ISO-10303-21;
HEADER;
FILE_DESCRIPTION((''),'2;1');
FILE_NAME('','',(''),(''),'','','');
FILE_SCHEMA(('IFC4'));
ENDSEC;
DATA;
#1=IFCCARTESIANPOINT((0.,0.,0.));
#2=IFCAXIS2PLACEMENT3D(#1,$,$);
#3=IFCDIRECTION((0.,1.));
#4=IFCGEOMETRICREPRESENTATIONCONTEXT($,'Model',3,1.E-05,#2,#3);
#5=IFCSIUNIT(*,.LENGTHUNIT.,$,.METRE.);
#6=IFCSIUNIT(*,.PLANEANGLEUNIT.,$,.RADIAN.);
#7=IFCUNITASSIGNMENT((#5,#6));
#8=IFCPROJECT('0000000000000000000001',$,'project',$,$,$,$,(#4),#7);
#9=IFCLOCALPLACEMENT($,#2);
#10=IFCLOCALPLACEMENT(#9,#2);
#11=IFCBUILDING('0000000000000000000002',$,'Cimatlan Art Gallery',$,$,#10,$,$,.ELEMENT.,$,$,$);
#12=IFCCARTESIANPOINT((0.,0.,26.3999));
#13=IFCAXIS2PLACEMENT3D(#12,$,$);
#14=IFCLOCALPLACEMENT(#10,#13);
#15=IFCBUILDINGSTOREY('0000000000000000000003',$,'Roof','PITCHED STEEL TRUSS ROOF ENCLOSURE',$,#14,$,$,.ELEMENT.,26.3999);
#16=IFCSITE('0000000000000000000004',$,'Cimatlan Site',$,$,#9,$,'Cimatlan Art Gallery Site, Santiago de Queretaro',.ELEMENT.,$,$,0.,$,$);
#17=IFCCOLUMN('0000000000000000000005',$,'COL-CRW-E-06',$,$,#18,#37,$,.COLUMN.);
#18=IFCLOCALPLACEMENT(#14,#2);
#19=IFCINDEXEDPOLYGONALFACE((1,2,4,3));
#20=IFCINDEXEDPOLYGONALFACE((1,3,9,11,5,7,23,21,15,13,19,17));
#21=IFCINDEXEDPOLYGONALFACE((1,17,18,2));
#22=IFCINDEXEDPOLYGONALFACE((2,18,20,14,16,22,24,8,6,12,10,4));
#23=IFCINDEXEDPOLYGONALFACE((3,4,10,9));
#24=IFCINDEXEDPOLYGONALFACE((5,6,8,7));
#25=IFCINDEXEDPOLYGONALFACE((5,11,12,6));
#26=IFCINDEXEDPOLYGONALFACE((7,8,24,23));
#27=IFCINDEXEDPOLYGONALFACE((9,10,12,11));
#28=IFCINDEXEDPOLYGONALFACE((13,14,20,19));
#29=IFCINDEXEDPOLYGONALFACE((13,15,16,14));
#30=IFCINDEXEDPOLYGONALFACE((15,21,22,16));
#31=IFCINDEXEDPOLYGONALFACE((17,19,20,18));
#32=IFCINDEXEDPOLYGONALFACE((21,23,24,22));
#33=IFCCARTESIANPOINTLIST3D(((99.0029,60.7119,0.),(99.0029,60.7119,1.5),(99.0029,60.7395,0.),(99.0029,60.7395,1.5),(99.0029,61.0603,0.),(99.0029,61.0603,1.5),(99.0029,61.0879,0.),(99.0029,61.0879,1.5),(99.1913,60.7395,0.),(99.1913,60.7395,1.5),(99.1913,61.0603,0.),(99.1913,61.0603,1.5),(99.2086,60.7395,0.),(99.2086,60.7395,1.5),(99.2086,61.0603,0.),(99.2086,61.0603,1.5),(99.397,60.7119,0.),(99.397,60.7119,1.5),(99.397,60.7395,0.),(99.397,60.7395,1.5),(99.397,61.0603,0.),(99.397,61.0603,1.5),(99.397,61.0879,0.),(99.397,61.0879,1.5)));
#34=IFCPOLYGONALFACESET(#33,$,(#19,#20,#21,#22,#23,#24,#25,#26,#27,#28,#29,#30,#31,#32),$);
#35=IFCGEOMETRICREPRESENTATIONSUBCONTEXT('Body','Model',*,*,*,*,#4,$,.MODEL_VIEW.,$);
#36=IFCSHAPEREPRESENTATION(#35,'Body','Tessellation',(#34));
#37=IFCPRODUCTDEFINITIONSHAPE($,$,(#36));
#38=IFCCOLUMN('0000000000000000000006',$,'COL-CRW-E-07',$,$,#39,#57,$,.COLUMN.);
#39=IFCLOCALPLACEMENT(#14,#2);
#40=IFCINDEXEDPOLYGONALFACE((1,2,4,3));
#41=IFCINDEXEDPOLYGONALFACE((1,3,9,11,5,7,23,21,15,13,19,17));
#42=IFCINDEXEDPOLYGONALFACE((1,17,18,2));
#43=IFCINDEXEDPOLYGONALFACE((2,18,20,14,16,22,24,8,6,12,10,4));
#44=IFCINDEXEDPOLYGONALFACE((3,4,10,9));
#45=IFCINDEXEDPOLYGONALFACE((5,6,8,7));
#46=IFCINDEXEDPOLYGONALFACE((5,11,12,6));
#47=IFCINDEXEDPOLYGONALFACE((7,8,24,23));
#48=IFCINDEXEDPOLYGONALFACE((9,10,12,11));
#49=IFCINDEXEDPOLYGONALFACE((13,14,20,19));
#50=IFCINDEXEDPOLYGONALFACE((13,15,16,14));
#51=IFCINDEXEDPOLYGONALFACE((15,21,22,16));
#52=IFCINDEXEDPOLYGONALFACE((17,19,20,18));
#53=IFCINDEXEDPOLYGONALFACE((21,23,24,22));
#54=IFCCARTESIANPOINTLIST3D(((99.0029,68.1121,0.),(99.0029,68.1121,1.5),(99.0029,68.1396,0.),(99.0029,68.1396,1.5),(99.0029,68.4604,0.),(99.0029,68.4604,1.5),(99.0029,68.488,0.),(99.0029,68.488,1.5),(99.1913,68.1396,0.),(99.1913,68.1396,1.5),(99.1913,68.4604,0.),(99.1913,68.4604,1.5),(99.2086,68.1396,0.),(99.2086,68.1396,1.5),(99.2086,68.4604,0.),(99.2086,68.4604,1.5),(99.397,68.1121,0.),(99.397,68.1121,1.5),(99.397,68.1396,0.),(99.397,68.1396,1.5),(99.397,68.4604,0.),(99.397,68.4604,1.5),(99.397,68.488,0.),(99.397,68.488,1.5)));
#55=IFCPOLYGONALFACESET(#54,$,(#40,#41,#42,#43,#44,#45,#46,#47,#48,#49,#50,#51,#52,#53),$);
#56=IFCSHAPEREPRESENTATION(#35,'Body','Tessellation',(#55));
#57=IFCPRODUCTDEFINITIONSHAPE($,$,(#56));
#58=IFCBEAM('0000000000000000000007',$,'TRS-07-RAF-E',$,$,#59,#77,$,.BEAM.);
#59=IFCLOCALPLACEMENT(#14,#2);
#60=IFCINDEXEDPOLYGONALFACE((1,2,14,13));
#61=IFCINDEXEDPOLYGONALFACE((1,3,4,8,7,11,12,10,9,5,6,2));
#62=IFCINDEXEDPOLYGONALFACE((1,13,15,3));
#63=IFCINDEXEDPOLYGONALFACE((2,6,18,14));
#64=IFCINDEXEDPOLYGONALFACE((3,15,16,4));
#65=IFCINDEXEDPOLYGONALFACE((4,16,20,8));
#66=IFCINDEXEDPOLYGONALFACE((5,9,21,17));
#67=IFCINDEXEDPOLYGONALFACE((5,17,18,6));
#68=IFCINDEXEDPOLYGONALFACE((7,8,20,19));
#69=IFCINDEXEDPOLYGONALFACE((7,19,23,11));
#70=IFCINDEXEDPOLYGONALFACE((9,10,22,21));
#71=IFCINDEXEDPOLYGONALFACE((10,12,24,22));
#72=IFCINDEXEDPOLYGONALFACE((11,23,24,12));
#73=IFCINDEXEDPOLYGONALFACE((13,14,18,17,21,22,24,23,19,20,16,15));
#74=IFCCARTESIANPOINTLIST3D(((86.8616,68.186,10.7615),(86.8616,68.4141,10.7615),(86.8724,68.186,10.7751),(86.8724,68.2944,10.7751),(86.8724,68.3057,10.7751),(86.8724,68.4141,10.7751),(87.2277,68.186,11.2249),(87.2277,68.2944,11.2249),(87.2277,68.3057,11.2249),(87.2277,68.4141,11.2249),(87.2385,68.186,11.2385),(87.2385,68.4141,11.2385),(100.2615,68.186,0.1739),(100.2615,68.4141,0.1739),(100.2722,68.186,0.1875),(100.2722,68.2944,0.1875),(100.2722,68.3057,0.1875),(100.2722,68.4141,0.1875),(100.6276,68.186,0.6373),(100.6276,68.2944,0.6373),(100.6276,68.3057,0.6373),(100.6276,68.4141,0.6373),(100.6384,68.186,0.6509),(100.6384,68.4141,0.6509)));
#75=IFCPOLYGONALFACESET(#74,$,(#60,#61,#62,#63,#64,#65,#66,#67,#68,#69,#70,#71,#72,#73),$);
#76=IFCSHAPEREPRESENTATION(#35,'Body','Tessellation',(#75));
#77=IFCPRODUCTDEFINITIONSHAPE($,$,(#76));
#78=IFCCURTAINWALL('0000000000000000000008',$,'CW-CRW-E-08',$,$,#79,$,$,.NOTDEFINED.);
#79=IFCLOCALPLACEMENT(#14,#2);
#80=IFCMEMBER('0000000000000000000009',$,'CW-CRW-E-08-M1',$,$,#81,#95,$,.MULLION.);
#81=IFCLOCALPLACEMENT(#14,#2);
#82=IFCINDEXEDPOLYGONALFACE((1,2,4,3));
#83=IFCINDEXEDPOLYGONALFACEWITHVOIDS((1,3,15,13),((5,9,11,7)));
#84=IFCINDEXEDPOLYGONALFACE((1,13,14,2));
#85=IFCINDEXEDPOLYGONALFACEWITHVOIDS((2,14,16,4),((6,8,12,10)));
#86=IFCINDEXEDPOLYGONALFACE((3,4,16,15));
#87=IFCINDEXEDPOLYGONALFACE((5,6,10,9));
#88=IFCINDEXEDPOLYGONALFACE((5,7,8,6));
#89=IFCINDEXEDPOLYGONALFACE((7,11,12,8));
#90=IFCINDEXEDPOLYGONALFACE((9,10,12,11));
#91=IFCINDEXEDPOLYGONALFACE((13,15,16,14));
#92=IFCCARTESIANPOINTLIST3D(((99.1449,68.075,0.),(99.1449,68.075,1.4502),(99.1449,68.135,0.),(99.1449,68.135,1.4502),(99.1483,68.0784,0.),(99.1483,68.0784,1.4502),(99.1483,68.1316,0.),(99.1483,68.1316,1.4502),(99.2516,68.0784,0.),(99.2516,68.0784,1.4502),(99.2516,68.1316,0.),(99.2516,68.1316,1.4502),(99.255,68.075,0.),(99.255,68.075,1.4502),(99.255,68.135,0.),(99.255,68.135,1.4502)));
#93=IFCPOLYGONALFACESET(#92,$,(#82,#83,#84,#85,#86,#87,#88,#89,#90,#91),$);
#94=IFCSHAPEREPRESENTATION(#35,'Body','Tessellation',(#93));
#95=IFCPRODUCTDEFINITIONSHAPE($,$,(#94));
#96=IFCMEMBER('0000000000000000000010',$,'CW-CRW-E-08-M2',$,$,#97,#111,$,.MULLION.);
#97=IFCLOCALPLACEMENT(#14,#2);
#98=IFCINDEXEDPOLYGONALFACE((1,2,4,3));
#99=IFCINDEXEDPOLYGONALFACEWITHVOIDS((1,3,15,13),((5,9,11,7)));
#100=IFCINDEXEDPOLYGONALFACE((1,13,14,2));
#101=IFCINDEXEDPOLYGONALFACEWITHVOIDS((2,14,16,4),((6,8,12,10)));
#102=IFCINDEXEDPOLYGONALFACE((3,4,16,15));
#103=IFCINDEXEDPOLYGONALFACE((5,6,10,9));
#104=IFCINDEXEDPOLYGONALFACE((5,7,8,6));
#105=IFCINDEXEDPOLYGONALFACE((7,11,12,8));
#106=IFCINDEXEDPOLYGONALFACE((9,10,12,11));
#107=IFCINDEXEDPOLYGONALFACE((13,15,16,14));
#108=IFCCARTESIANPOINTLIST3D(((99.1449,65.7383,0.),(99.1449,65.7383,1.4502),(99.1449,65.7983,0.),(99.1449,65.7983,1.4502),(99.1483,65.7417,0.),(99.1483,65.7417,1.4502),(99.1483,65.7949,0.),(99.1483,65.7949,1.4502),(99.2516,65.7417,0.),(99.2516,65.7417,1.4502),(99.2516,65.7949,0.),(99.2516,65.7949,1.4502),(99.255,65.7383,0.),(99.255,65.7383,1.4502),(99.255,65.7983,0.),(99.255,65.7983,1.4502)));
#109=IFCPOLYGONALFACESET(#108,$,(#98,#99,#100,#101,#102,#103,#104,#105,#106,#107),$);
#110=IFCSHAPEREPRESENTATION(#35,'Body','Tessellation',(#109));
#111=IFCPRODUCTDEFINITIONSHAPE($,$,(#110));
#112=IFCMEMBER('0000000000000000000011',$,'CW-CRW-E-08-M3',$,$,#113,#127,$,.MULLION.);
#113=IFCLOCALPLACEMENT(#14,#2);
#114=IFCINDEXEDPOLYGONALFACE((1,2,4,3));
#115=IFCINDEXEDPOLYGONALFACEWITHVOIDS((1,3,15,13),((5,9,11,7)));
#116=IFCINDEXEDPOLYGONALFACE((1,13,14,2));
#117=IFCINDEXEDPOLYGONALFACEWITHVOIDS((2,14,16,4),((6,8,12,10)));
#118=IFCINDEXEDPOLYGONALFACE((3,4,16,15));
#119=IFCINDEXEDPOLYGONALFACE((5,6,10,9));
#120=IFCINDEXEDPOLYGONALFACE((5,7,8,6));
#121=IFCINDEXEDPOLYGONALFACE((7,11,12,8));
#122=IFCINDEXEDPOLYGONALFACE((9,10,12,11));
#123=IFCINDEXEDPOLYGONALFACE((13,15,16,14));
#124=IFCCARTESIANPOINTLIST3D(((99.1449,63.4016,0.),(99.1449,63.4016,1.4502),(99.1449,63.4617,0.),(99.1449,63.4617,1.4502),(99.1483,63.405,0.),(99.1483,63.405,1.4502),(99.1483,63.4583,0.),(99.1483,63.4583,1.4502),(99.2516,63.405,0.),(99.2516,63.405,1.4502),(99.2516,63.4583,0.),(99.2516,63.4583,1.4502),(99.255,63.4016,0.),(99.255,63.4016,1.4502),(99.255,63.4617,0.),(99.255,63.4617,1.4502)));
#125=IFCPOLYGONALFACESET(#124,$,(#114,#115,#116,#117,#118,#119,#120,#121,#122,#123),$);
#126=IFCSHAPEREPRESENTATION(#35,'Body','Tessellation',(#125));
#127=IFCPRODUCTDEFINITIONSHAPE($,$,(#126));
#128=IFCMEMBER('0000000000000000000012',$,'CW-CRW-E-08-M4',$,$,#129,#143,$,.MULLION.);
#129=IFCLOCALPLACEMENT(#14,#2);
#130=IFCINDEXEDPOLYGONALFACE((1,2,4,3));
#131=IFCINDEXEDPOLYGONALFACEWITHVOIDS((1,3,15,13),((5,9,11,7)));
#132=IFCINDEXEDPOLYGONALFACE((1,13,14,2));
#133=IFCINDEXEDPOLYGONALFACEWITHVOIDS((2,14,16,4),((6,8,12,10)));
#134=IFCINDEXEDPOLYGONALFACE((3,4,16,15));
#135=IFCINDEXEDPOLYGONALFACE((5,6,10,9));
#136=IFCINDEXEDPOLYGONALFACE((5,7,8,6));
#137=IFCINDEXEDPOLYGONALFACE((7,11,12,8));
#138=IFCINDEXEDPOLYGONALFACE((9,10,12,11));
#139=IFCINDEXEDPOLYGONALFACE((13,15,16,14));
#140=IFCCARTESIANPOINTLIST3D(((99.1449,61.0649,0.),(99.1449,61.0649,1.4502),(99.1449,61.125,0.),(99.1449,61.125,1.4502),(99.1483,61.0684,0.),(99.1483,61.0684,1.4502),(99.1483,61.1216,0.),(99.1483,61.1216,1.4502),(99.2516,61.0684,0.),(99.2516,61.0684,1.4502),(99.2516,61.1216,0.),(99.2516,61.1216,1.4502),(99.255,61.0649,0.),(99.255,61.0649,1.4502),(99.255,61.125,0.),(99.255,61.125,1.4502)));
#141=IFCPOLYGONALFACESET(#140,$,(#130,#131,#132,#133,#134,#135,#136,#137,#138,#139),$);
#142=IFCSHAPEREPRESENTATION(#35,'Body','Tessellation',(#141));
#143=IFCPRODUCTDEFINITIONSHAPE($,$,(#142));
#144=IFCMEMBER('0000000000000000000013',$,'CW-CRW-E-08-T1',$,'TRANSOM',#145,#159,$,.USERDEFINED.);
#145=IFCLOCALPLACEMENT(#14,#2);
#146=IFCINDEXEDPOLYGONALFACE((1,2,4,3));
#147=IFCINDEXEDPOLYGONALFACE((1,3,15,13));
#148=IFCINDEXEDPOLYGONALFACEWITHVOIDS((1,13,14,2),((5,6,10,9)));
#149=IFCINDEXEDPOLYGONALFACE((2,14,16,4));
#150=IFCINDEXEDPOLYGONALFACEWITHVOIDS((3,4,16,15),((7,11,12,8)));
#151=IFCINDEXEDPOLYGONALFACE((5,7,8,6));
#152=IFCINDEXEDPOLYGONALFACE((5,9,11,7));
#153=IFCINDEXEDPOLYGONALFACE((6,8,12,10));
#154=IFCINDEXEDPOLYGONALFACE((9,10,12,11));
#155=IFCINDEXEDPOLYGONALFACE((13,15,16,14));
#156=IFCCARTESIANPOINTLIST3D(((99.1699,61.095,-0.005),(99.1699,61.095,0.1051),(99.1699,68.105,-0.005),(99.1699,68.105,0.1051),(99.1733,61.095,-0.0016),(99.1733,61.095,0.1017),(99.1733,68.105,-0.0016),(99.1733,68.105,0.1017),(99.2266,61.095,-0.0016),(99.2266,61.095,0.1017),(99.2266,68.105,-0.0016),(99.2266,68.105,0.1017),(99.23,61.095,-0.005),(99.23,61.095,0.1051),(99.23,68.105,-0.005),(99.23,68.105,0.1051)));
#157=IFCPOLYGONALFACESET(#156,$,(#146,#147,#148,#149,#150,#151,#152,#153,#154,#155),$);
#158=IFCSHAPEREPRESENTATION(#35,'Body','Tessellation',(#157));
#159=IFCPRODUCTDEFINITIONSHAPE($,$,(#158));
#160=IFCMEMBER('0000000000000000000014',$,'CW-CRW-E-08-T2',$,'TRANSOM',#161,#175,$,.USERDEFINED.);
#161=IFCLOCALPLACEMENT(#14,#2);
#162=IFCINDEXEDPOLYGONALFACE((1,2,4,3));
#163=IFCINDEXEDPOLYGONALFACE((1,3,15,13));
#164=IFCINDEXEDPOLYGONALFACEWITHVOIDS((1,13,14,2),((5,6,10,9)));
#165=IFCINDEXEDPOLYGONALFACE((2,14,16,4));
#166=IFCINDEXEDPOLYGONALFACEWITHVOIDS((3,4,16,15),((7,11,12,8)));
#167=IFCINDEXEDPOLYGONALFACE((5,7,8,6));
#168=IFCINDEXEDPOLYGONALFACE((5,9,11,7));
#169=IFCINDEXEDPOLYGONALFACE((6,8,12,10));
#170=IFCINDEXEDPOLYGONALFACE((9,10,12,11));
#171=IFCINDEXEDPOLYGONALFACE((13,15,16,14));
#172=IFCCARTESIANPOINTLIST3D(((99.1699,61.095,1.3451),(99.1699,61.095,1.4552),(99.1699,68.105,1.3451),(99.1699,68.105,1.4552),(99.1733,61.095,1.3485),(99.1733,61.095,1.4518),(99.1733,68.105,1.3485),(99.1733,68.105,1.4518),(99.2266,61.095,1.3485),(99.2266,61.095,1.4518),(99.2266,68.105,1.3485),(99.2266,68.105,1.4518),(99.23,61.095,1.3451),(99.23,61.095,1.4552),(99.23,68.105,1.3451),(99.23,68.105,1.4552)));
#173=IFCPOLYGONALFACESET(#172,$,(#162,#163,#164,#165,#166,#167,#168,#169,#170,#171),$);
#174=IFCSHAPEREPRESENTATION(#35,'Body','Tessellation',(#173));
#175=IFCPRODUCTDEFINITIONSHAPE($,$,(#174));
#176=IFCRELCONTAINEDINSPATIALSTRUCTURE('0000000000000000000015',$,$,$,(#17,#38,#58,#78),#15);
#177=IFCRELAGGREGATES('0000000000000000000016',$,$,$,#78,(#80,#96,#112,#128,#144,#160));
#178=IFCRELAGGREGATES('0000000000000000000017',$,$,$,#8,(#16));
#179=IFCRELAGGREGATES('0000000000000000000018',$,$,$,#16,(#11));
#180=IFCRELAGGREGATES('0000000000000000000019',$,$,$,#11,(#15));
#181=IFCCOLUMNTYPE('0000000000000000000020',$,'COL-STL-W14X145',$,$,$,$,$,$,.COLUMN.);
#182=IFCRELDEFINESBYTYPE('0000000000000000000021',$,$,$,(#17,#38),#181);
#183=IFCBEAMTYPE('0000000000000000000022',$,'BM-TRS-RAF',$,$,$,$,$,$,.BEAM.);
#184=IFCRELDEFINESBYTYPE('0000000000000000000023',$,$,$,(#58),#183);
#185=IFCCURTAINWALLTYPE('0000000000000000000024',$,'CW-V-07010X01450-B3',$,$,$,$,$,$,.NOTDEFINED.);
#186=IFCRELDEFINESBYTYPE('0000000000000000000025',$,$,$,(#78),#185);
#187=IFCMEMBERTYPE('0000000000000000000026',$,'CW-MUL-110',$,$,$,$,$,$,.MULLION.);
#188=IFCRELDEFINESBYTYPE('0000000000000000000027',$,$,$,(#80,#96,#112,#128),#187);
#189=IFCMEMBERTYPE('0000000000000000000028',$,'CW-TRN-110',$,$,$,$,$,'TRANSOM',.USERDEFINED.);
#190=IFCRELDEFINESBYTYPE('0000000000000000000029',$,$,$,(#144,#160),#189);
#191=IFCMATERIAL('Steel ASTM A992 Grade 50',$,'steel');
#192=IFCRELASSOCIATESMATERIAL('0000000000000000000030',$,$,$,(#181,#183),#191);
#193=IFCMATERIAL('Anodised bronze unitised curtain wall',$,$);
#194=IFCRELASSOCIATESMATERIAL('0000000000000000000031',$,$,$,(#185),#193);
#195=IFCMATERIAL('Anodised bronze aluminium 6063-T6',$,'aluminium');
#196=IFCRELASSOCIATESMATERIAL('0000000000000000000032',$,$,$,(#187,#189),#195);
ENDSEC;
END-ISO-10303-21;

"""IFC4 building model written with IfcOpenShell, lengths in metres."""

from ifc_helpers import new_model, si_unit, direction, frame, origin, origin_2d, place, context, subcontext, project, spatial, hollow_rectangle, i_section, extrude, material, material_profile, profile_set, type_object, element, aggregate, save


model = new_model("IFC4")

# Units and contexts
model_context = context("Model", 3, precision=1e-05, world=origin(), true_north=direction((0.0, 1.0)))
body_context = subcontext(model_context, "Body", "Model", "MODEL_VIEW")
ifc_project = project(units=[si_unit("LENGTHUNIT", "METRE"), si_unit("PLANEANGLEUNIT", "RADIAN")], contexts=[model_context])

# Site, building, storey
site_placement = place(None, origin())
site = spatial("IfcSite", under=ifc_project, at=site_placement, Name="Cimatlan Site", LongName="Cimatlan Art Gallery Site, Santiago de Queretaro", CompositionType="ELEMENT", RefElevation=0.0)
building_placement = place(site_placement, origin())
building = spatial("IfcBuilding", under=site, at=building_placement, Name="Cimatlan Art Gallery", CompositionType="ELEMENT")
storey_placement = place(building_placement, frame((0.0, 0.0, 26.3999)))
storey = spatial("IfcBuildingStorey", under=building, at=storey_placement, Name="Roof", Description="PITCHED STEEL TRUSS ROOF ENCLOSURE", CompositionType="ELEMENT", Elevation=26.3999)

# Columns
ifc_material_1 = material(Name="Steel ASTM A992 Grade 50", Category="steel")
ifc_material_profile_1 = material_profile(ifc_material_1, i_section(OverallWidth=0.394, OverallDepth=0.376, WebThickness=0.0173, FlangeThickness=0.0276, at=origin_2d()), Name="W14X145")
ifc_profile_set_1 = profile_set([ifc_material_profile_1], Name="Steel ASTM A992 Grade 50")
column_type = type_object("IfcColumnType", Name="COL-STL-W14X145", PredefinedType="COLUMN", material=ifc_profile_set_1)
for number, where, z_axis, x_axis, name in (
    (1, (99.2, 60.8999, 0.0), (0.0, 0.0, 1.0), (1.0, 0.0, 0.0), "COL-CRW-E-06"),
    (2, (99.2, 68.3, 0.0), (0.0, 0.0, 1.0), (1.0, 0.0, 0.0), "COL-CRW-E-07"),
):
    element("IfcColumn", number, at=place(storey_placement, frame(where, z_axis=z_axis, x_axis=x_axis)), inside=storey, type_object=column_type, Name=name, PredefinedType="COLUMN", context=body_context, shape_type="SweptSolid", body=[
        extrude(i_section(OverallWidth=0.394, OverallDepth=0.376, WebThickness=0.0173, FlangeThickness=0.0276, at=origin_2d()), origin(), (0.0, 0.0, 1.0), 1.5),
    ])

# Beam
ifc_material_profile_2 = material_profile(ifc_material_1, i_section(OverallWidth=0.228, OverallDepth=0.6079, WebThickness=0.0112, FlangeThickness=0.0173, at=origin_2d()), Name="W24X76")
ifc_profile_set_2 = profile_set([ifc_material_profile_2], Name="Steel ASTM A992 Grade 50")
beam_type = type_object("IfcBeamType", Name="BM-TRS-RAF", PredefinedType="BEAM", material=ifc_profile_set_2)
beam_placement = place(storey_placement, frame((87.05, 68.3, 11.0), z_axis=(0.784633, 0.0, -0.619961), x_axis=(0.0, 1.0, 0.0)))
element("IfcBeam", 3, at=beam_placement, inside=storey, type_object=beam_type, Name="TRS-07-RAF-E", PredefinedType="BEAM", context=body_context, shape_type="SweptSolid", body=[
    extrude(i_section(OverallWidth=0.228, OverallDepth=0.6079, WebThickness=0.0112, FlangeThickness=0.0173, at=origin_2d()), origin(), (0.0, 0.0, 1.0), 17.0779),
])

# Curtain wall, members
ifc_material_2 = material(Name="Anodised bronze unitised curtain wall")
curtain_wall_type = type_object("IfcCurtainWallType", Name="CW-V-07010X01450-B3", PredefinedType="NOTDEFINED", material=ifc_material_2)
curtain_wall_placement = place(storey_placement, origin())
curtain_wall = element("IfcCurtainWall", 4, at=curtain_wall_placement, inside=storey, type_object=curtain_wall_type, Name="CW-CRW-E-08", PredefinedType="NOTDEFINED")
ifc_material_3 = material(Name="Anodised bronze aluminium 6063-T6", Category="aluminium")
ifc_material_profile_3 = material_profile(ifc_material_3, hollow_rectangle(XDim=0.0601, YDim=0.1101, WallThickness=0.0034, at=origin_2d()), Name="ALU60X110X3")
ifc_profile_set_3 = profile_set([ifc_material_profile_3], Name="Anodised bronze aluminium 6063-T6")
member_type_1 = type_object("IfcMemberType", Name="CW-MUL-110", PredefinedType="MULLION", material=ifc_profile_set_3)
member_1_placement = place(storey_placement, frame((99.2, 68.105, 0.0), z_axis=(0.0, 0.0, 1.0), x_axis=(0.0, 1.0, 0.0)))
member_1 = element("IfcMember", 5, at=member_1_placement, type_object=member_type_1, Name="CW-CRW-E-08-M1", PredefinedType="MULLION", context=body_context, shape_type="SweptSolid", body=[
    extrude(hollow_rectangle(XDim=0.0601, YDim=0.1101, WallThickness=0.0034, at=origin_2d()), origin(), (0.0, 0.0, 1.0), 1.4502),
])
member_2_placement = place(storey_placement, frame((99.2, 65.7683, 0.0), z_axis=(0.0, 0.0, 1.0), x_axis=(0.0, 1.0, 0.0)))
member_2 = element("IfcMember", 6, at=member_2_placement, type_object=member_type_1, Name="CW-CRW-E-08-M2", PredefinedType="MULLION", context=body_context, shape_type="SweptSolid", body=[
    extrude(hollow_rectangle(XDim=0.0601, YDim=0.1101, WallThickness=0.0034, at=origin_2d()), origin(), (0.0, 0.0, 1.0), 1.4502),
])
member_3_placement = place(storey_placement, frame((99.2, 63.4316, 0.0), z_axis=(0.0, 0.0, 1.0), x_axis=(0.0, 1.0, 0.0)))
member_3 = element("IfcMember", 7, at=member_3_placement, type_object=member_type_1, Name="CW-CRW-E-08-M3", PredefinedType="MULLION", context=body_context, shape_type="SweptSolid", body=[
    extrude(hollow_rectangle(XDim=0.0601, YDim=0.1101, WallThickness=0.0034, at=origin_2d()), origin(), (0.0, 0.0, 1.0), 1.4502),
])
member_4_placement = place(storey_placement, frame((99.2, 61.095, 0.0), z_axis=(0.0, 0.0, 1.0), x_axis=(0.0, 1.0, 0.0)))
member_4 = element("IfcMember", 8, at=member_4_placement, type_object=member_type_1, Name="CW-CRW-E-08-M4", PredefinedType="MULLION", context=body_context, shape_type="SweptSolid", body=[
    extrude(hollow_rectangle(XDim=0.0601, YDim=0.1101, WallThickness=0.0034, at=origin_2d()), origin(), (0.0, 0.0, 1.0), 1.4502),
])
ifc_material_profile_4 = material_profile(ifc_material_3, hollow_rectangle(XDim=0.0601, YDim=0.1101, WallThickness=0.0034, at=origin_2d()), Name="ALU60X110X3")
ifc_profile_set_4 = profile_set([ifc_material_profile_4], Name="Anodised bronze aluminium 6063-T6")
member_type_2 = type_object("IfcMemberType", Name="CW-TRN-110", ElementType="TRANSOM", PredefinedType="USERDEFINED", material=ifc_profile_set_4)
member_5_placement = place(storey_placement, frame((99.2, 68.105, 0.05), z_axis=(0.0, -1.0, 0.0), x_axis=(1.0, 0.0, 0.0)))
member_5 = element("IfcMember", 9, at=member_5_placement, type_object=member_type_2, Name="CW-CRW-E-08-T1", ObjectType="TRANSOM", PredefinedType="USERDEFINED", context=body_context, shape_type="SweptSolid", body=[
    extrude(hollow_rectangle(XDim=0.0601, YDim=0.1101, WallThickness=0.0034, at=origin_2d()), origin(), (0.0, 0.0, 1.0), 7.01),
])
member_6_placement = place(storey_placement, frame((99.2, 68.105, 1.4001), z_axis=(0.0, -1.0, 0.0), x_axis=(1.0, 0.0, 0.0)))
member_6 = element("IfcMember", 10, at=member_6_placement, type_object=member_type_2, Name="CW-CRW-E-08-T2", ObjectType="TRANSOM", PredefinedType="USERDEFINED", context=body_context, shape_type="SweptSolid", body=[
    extrude(hollow_rectangle(XDim=0.0601, YDim=0.1101, WallThickness=0.0034, at=origin_2d()), origin(), (0.0, 0.0, 1.0), 7.01),
])

aggregate(curtain_wall, [member_1, member_2, member_3, member_4, member_5, member_6])

save(model, "model.ifc")
